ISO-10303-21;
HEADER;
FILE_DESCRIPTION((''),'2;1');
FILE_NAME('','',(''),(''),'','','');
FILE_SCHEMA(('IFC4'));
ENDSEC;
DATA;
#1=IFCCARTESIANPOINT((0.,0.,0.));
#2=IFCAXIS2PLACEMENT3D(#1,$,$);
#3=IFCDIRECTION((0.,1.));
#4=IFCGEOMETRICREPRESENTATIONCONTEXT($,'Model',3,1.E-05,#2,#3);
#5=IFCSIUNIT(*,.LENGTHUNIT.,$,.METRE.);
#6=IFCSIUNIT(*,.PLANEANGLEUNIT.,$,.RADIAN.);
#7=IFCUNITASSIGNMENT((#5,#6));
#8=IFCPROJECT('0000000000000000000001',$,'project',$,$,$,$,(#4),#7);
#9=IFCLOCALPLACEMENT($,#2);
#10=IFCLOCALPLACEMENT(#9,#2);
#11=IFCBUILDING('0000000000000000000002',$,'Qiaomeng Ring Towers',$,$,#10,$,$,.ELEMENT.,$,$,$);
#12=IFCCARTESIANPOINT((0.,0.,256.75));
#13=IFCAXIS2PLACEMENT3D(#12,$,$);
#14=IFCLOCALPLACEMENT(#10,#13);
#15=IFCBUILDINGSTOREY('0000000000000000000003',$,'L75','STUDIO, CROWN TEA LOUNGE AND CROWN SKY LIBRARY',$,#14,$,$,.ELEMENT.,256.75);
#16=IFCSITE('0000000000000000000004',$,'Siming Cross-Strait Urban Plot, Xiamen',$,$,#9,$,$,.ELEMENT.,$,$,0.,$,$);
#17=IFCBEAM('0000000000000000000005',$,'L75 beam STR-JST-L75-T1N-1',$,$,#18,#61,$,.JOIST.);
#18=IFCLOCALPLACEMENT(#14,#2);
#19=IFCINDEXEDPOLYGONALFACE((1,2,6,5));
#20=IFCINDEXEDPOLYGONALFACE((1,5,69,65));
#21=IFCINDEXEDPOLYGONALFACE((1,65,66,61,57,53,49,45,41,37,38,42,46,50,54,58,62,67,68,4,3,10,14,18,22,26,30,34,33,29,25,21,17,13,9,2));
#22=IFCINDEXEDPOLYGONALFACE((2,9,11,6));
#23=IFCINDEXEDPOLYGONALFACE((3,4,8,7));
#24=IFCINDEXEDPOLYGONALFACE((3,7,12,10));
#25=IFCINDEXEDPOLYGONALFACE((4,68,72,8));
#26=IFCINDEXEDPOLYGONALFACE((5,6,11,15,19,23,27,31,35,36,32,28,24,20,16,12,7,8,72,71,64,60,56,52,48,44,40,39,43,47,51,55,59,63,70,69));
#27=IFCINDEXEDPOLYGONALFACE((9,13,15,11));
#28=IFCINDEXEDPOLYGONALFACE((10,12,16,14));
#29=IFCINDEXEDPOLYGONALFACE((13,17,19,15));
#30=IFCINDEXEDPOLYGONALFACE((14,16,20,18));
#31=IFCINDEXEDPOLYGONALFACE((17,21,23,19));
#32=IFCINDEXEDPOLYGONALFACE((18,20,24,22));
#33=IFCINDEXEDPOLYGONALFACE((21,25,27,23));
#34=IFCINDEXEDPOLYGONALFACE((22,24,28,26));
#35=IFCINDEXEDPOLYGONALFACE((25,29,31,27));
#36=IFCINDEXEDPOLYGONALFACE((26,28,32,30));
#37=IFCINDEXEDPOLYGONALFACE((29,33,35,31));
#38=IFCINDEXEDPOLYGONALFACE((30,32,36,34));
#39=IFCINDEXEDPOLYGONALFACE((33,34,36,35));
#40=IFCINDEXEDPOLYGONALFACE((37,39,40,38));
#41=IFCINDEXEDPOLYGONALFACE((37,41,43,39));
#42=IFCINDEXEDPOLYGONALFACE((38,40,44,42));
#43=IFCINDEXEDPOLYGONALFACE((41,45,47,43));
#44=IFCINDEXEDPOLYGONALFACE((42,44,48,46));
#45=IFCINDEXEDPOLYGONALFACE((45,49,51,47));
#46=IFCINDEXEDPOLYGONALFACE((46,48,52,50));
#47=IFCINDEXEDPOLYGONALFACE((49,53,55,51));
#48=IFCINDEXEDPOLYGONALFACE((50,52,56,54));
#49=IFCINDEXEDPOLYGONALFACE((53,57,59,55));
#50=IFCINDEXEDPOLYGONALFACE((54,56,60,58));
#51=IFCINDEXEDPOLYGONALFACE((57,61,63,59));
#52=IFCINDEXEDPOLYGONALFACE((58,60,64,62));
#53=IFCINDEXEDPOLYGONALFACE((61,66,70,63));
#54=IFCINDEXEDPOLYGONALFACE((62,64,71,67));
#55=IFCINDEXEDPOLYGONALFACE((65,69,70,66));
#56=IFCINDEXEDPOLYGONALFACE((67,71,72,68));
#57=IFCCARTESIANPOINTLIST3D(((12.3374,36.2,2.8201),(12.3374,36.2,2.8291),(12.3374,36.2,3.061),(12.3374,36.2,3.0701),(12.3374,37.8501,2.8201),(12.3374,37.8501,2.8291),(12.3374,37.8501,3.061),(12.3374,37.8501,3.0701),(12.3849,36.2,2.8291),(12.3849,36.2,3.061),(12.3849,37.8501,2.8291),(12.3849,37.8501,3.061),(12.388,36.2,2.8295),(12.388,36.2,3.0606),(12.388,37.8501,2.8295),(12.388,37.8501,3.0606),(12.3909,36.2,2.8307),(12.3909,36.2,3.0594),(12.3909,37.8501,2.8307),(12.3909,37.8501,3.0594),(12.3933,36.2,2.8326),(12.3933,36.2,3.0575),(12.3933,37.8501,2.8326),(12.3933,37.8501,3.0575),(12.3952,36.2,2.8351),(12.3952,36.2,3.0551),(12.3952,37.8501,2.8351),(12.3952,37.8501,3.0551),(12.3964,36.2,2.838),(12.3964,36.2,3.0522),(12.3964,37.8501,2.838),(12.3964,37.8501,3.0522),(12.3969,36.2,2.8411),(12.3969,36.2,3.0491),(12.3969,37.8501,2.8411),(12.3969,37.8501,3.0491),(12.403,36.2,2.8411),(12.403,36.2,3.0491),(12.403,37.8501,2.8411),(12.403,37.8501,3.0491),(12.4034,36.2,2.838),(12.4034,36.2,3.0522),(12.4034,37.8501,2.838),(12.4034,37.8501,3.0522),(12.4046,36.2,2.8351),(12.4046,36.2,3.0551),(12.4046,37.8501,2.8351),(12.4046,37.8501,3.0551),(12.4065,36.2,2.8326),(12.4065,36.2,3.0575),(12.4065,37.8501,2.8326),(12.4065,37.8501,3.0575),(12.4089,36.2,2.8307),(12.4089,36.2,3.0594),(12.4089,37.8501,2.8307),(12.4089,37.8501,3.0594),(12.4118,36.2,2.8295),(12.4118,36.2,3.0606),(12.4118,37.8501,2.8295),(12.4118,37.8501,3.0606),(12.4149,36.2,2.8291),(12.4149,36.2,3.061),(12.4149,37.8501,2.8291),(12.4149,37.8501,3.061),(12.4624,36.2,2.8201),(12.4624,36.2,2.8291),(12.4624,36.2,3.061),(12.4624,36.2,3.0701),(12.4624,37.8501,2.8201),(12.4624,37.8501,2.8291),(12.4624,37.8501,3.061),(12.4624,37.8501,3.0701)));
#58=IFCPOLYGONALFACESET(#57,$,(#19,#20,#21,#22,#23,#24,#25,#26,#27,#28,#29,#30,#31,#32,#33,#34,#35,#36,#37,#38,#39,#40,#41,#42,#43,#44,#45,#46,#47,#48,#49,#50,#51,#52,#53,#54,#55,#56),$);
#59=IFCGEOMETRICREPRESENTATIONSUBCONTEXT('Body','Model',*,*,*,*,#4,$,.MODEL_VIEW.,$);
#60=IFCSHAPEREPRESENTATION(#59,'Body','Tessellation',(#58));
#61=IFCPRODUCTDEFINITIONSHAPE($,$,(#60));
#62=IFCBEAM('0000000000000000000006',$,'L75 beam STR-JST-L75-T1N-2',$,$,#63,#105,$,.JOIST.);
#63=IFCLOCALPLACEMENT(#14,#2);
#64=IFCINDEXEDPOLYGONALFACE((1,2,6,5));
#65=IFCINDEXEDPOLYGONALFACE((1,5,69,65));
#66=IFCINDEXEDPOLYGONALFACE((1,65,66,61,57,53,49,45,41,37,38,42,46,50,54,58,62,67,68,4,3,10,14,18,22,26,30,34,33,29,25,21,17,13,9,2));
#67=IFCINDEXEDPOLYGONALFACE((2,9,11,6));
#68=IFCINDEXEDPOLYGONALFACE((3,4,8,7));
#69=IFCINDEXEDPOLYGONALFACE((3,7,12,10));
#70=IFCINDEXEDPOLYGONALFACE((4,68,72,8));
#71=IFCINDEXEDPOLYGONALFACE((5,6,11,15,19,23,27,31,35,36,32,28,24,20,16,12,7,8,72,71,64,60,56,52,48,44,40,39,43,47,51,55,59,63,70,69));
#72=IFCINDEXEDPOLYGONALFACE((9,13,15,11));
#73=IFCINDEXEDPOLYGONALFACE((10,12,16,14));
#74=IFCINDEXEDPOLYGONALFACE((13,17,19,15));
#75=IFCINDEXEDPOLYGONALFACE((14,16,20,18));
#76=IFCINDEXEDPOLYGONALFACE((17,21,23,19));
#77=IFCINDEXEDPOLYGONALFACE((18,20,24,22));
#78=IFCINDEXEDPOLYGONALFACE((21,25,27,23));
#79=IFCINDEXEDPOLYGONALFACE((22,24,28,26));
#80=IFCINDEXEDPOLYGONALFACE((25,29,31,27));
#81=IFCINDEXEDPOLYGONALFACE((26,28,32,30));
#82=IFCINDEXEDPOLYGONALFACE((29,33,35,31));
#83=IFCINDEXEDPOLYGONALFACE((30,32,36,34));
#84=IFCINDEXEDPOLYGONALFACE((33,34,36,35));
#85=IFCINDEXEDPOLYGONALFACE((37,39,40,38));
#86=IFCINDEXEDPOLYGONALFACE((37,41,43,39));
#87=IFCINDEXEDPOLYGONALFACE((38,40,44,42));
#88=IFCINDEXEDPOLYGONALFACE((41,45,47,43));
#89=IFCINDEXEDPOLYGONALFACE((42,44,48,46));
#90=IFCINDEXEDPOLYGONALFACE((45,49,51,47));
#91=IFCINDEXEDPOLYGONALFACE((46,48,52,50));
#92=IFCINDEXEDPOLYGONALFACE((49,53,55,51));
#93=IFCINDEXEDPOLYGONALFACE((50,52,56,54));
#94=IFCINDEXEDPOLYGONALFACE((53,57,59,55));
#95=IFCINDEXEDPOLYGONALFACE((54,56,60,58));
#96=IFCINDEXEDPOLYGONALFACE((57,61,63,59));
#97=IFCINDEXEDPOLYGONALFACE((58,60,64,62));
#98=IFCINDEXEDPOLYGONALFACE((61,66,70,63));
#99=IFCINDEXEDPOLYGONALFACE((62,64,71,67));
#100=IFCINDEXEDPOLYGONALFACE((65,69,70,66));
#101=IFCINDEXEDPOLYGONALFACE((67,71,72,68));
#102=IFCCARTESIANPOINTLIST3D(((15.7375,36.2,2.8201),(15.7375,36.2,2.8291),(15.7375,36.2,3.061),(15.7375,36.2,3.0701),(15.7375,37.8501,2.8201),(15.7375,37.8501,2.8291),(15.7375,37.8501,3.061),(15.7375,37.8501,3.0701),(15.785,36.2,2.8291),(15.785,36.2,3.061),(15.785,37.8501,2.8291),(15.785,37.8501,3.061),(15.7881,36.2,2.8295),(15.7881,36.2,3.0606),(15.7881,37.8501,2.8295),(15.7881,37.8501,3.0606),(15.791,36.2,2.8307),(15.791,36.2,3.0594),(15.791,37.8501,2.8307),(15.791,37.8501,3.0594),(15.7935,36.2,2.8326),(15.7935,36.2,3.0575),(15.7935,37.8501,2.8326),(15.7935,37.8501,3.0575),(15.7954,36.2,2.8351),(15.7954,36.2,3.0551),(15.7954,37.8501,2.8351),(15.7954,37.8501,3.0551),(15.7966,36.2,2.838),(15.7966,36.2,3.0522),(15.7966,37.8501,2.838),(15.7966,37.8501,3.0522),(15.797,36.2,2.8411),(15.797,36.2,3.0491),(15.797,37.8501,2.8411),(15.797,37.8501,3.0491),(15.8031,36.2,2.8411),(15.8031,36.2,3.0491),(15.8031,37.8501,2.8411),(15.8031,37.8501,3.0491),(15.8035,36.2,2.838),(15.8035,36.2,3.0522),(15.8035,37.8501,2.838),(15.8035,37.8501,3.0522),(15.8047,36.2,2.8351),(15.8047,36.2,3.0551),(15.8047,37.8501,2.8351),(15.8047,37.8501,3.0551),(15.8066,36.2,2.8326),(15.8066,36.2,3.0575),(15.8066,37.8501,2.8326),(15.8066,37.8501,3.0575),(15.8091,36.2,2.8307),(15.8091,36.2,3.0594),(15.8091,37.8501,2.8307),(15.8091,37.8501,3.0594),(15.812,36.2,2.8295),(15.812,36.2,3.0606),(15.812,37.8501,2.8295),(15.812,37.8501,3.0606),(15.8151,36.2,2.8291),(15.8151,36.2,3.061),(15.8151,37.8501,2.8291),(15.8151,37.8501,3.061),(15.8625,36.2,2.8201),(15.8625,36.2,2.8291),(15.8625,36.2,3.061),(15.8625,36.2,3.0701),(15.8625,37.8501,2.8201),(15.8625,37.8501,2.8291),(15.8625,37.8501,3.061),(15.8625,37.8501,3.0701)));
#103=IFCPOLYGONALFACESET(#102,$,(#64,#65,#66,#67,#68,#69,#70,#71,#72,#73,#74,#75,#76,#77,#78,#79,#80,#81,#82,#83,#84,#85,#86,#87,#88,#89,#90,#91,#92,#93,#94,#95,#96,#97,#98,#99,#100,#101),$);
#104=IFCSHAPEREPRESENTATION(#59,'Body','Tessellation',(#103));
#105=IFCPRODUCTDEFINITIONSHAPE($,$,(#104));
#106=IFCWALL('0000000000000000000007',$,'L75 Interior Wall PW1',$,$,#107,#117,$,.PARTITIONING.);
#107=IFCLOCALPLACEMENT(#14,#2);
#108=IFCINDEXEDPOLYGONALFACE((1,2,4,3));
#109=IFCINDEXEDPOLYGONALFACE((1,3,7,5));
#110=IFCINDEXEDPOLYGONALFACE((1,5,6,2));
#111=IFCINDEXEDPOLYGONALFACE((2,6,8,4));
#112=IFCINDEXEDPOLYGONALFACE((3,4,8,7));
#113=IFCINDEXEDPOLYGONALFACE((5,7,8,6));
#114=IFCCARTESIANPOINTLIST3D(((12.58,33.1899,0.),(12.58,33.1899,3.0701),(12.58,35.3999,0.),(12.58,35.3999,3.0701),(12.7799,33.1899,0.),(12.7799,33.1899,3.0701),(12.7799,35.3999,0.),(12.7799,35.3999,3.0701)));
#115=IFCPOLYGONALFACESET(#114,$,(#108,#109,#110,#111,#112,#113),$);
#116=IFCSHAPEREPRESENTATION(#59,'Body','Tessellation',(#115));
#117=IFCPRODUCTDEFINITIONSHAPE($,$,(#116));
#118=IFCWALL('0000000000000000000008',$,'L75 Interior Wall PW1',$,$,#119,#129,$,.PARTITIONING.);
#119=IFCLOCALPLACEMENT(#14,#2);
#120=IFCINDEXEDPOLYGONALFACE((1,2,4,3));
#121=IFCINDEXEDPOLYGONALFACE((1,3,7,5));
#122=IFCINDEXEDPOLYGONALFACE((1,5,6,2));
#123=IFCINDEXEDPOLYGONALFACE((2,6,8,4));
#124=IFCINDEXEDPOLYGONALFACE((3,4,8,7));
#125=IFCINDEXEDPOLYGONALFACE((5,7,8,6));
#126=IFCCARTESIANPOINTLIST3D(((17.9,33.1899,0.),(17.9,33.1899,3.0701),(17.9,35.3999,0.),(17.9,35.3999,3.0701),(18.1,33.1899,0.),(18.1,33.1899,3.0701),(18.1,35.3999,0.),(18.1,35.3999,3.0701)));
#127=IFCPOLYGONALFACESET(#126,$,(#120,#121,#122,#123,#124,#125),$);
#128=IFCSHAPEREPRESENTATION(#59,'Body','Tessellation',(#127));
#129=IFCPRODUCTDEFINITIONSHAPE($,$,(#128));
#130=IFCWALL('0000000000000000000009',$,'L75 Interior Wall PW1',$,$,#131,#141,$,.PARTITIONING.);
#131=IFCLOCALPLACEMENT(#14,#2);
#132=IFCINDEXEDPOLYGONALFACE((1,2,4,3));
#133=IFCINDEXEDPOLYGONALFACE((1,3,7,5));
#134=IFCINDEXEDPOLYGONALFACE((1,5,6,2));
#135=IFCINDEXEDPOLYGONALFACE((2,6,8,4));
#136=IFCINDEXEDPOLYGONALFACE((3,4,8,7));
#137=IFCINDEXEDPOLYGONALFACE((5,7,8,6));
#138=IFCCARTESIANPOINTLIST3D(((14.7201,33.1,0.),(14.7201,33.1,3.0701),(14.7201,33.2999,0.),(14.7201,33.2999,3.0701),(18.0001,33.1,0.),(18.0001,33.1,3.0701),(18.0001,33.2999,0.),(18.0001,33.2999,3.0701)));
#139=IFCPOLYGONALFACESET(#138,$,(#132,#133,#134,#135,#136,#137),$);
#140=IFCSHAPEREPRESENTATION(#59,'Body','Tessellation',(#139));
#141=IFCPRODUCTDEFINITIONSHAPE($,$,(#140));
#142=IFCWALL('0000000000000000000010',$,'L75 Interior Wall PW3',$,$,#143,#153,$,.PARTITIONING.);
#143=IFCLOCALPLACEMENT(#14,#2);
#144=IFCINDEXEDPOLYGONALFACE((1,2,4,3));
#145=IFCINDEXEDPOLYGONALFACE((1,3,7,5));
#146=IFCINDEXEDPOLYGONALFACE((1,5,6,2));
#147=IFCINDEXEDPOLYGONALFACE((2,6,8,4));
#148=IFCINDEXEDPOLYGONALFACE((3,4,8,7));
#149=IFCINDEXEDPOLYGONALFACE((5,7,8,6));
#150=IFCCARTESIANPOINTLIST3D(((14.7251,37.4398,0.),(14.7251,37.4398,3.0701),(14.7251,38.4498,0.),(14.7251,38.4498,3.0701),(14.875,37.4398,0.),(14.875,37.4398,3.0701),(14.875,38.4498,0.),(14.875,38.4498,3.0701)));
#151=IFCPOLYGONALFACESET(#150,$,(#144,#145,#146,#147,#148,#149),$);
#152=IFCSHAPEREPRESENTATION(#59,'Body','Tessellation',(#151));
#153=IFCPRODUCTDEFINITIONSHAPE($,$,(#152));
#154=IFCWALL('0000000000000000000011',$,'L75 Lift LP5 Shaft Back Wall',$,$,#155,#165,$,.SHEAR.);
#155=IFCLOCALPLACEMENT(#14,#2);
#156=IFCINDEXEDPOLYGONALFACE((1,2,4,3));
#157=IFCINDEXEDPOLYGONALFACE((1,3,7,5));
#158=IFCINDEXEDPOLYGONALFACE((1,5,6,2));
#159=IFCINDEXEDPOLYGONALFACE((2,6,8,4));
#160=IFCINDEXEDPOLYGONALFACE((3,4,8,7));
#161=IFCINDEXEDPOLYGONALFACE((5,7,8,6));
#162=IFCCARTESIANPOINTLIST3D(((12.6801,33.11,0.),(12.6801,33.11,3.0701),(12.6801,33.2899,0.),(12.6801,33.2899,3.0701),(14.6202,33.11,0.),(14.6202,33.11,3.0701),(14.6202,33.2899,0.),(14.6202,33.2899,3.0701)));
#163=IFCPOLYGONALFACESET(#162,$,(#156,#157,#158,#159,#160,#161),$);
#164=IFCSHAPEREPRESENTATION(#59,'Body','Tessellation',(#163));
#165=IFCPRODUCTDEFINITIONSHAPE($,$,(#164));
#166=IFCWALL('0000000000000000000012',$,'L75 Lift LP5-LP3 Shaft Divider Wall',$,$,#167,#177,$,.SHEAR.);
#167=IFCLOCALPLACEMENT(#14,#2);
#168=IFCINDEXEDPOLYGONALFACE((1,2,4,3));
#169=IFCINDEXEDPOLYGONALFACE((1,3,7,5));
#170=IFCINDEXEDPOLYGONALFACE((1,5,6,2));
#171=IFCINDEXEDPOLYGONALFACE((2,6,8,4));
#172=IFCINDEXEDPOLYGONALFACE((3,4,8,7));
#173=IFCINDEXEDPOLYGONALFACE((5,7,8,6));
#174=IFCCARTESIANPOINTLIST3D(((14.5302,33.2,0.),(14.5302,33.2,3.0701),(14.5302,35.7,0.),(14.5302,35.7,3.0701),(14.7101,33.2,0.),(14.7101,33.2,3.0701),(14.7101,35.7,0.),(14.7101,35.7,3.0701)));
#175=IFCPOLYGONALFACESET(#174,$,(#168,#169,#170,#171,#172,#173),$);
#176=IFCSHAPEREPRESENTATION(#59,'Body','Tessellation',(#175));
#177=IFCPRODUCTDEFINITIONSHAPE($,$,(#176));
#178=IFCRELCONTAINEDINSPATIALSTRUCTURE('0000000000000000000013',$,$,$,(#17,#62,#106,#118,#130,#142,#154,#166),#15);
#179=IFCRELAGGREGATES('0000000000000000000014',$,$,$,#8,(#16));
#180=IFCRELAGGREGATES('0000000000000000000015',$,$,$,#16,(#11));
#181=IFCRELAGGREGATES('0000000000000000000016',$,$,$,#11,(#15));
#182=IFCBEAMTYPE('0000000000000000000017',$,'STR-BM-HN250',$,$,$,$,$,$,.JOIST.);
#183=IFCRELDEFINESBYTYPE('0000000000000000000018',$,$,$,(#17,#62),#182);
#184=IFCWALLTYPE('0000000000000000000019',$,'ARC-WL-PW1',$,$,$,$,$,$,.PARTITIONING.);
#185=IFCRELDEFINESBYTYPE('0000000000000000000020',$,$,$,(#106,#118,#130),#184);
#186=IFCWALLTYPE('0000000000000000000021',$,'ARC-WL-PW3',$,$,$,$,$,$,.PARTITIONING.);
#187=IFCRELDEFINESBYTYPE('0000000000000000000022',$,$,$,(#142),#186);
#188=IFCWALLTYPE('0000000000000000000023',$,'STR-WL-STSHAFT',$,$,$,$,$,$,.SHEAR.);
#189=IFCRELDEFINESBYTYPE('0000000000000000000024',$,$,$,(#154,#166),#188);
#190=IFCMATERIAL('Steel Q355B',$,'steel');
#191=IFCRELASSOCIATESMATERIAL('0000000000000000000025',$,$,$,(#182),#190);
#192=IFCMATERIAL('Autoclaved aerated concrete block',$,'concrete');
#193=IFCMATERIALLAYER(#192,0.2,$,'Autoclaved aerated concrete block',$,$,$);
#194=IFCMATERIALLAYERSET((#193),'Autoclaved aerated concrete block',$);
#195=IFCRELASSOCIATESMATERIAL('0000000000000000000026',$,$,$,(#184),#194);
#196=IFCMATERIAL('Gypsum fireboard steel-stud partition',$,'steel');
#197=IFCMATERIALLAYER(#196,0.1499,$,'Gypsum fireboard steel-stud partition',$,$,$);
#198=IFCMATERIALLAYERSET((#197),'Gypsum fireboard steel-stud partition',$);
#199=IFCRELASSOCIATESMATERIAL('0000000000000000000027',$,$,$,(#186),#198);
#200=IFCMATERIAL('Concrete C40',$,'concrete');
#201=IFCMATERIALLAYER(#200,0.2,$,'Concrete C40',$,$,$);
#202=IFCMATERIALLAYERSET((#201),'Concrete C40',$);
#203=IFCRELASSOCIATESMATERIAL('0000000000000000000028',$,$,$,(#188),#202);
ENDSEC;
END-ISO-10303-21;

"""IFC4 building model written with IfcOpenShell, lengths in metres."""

from ifc_helpers import new_model, si_unit, direction, frame, frame_2d, origin, origin_2d, place, context, subcontext, project, spatial, rectangle, i_section, extrude, source, transform, mapped, material, layer, layer_set, material_profile, profile_set, type_object, element, save


model = new_model("IFC4")

# Units and contexts
model_context = context("Model", 3, precision=1e-05, world=origin(), true_north=direction((0.0, 1.0)))
body_context = subcontext(model_context, "Body", "Model", "MODEL_VIEW")
ifc_project = project(units=[si_unit("LENGTHUNIT", "METRE"), si_unit("PLANEANGLEUNIT", "RADIAN")], contexts=[model_context])

# Site, building, storey
site_placement = place(None, origin())
site = spatial("IfcSite", under=ifc_project, at=site_placement, Name="Siming Cross-Strait Urban Plot, Xiamen", CompositionType="ELEMENT", RefElevation=0.0)
building_placement = place(site_placement, origin())
building = spatial("IfcBuilding", under=site, at=building_placement, Name="Qiaomeng Ring Towers", CompositionType="ELEMENT")
storey_placement = place(building_placement, frame((0.0, 0.0, 256.75)))
storey = spatial("IfcBuildingStorey", under=building, at=storey_placement, Name="L75", Description="STUDIO, CROWN TEA LOUNGE AND CROWN SKY LIBRARY", CompositionType="ELEMENT", Elevation=256.75)

# Beams
ifc_material_1 = material(Name="Steel Q355B", Category="steel")
ifc_material_profile_1 = material_profile(ifc_material_1, i_section(OverallWidth=0.125, OverallDepth=0.25, WebThickness=0.0061, FlangeThickness=0.009, FilletRadius=0.012, at=origin_2d()), Name="HN 250x125x6x9")
ifc_profile_set_1 = profile_set([ifc_material_profile_1], Name="Steel Q355B")
beam_type = type_object("IfcBeamType", Name="STR-BM-HN250", PredefinedType="JOIST", material=ifc_profile_set_1)
shared_shape_1 = source(origin(), body_context, "Body", "SweptSolid", [
    extrude(i_section(OverallWidth=0.125, OverallDepth=0.25, WebThickness=0.0061, FlangeThickness=0.009, FilletRadius=0.012, at=origin_2d()), origin(), (0.0, 0.0, 1.0), 1.6501),
])
for number, where, z_axis, x_axis, name in (
    (1, (12.3999, 36.2, 2.9451), (0.0, 1.0, 0.0), (-1.0, 0.0, 0.0), "L75 beam STR-JST-L75-T1N-1"),
    (2, (15.8, 36.2, 2.9451), (0.0, 1.0, 0.0), (-1.0, 0.0, 0.0), "L75 beam STR-JST-L75-T1N-2"),
):
    element("IfcBeam", number, at=place(storey_placement, frame(where, z_axis=z_axis, x_axis=x_axis)), inside=storey, type_object=beam_type, Name=name, PredefinedType="JOIST", context=body_context, shape_type="MappedRepresentation", body=[
        mapped(shared_shape_1, transform((0.0, 0.0, 0.0), x_axis=(1.0, 0.0, 0.0), y_axis=(0.0, 1.0, 0.0), z_axis=(0.0, 0.0, 1.0), scale=1.0)),
    ])

# Walls
ifc_material_2 = material(Name="Autoclaved aerated concrete block", Category="concrete")
ifc_layer_1 = layer(ifc_material_2, 0.2, Name="Autoclaved aerated concrete block")
ifc_layer_set_1 = layer_set([ifc_layer_1], Name="Autoclaved aerated concrete block")
wall_type_1 = type_object("IfcWallType", Name="ARC-WL-PW1", PredefinedType="PARTITIONING", material=ifc_layer_set_1)
for number, where, z_axis, x_axis, name in (
    (3, (12.6799, 33.1899, 0.0), (0.0, 0.0, 1.0), (0.0, 1.0, 0.0), "L75 Interior Wall PW1"),
    (4, (18.0, 33.1899, 0.0), (0.0, 0.0, 1.0), (0.0, 1.0, 0.0), "L75 Interior Wall PW1"),
):
    element("IfcWall", number, at=place(storey_placement, frame(where, z_axis=z_axis, x_axis=x_axis)), inside=storey, type_object=wall_type_1, Name=name, PredefinedType="PARTITIONING", context=body_context, shape_type="SweptSolid", body=[
        extrude(rectangle(XDim=2.21, YDim=0.2, at=frame_2d((1.105, 0.0))), origin(), (0.0, 0.0, 1.0), 3.0701),
    ])
wall_1_placement = place(storey_placement, frame((14.72, 33.2, 0.0), z_axis=(0.0, 0.0, 1.0), x_axis=(1.0, 0.0, 0.0)))
element("IfcWall", 5, at=wall_1_placement, inside=storey, type_object=wall_type_1, Name="L75 Interior Wall PW1", PredefinedType="PARTITIONING", context=body_context, shape_type="SweptSolid", body=[
    extrude(rectangle(XDim=3.28, YDim=0.2, at=frame_2d((1.6401, 0.0))), origin(), (0.0, 0.0, 1.0), 3.0701),
])
ifc_material_3 = material(Name="Gypsum fireboard steel-stud partition", Category="steel")
ifc_layer_2 = layer(ifc_material_3, 0.1499, Name="Gypsum fireboard steel-stud partition")
ifc_layer_set_2 = layer_set([ifc_layer_2], Name="Gypsum fireboard steel-stud partition")
wall_type_2 = type_object("IfcWallType", Name="ARC-WL-PW3", PredefinedType="PARTITIONING", material=ifc_layer_set_2)
wall_2_placement = place(storey_placement, frame((14.8, 37.4399, 0.0), z_axis=(0.0, 0.0, 1.0), x_axis=(0.0, 1.0, 0.0)))
element("IfcWall", 6, at=wall_2_placement, inside=storey, type_object=wall_type_2, Name="L75 Interior Wall PW3", PredefinedType="PARTITIONING", context=body_context, shape_type="SweptSolid", body=[
    extrude(rectangle(XDim=1.01, YDim=0.1499, at=frame_2d((0.5049, 0.0))), origin(), (0.0, 0.0, 1.0), 3.0701),
])
ifc_material_4 = material(Name="Concrete C40", Category="concrete")
ifc_layer_3 = layer(ifc_material_4, 0.2, Name="Concrete C40")
ifc_layer_set_3 = layer_set([ifc_layer_3], Name="Concrete C40")
wall_type_3 = type_object("IfcWallType", Name="STR-WL-STSHAFT", PredefinedType="SHEAR", material=ifc_layer_set_3)
wall_3_placement = place(storey_placement, frame((12.6799, 33.2, 0.0), z_axis=(0.0, 0.0, 1.0), x_axis=(1.0, 0.0, 0.0)))
element("IfcWall", 7, at=wall_3_placement, inside=storey, type_object=wall_type_3, Name="L75 Lift LP5 Shaft Back Wall", PredefinedType="SHEAR", context=body_context, shape_type="SweptSolid", body=[
    extrude(rectangle(XDim=1.9402, YDim=0.1799, at=frame_2d((0.9702, 0.0))), origin(), (0.0, 0.0, 1.0), 3.0701),
])
wall_4_placement = place(storey_placement, frame((14.6201, 33.2, 0.0), z_axis=(0.0, 0.0, 1.0), x_axis=(0.0, 1.0, 0.0)))
element("IfcWall", 8, at=wall_4_placement, inside=storey, type_object=wall_type_3, Name="L75 Lift LP5-LP3 Shaft Divider Wall", PredefinedType="SHEAR", context=body_context, shape_type="SweptSolid", body=[
    extrude(rectangle(XDim=2.5, YDim=0.1799, at=frame_2d((1.25, 0.0))), origin(), (0.0, 0.0, 1.0), 3.0701),
])

save(model, "model.ifc")
